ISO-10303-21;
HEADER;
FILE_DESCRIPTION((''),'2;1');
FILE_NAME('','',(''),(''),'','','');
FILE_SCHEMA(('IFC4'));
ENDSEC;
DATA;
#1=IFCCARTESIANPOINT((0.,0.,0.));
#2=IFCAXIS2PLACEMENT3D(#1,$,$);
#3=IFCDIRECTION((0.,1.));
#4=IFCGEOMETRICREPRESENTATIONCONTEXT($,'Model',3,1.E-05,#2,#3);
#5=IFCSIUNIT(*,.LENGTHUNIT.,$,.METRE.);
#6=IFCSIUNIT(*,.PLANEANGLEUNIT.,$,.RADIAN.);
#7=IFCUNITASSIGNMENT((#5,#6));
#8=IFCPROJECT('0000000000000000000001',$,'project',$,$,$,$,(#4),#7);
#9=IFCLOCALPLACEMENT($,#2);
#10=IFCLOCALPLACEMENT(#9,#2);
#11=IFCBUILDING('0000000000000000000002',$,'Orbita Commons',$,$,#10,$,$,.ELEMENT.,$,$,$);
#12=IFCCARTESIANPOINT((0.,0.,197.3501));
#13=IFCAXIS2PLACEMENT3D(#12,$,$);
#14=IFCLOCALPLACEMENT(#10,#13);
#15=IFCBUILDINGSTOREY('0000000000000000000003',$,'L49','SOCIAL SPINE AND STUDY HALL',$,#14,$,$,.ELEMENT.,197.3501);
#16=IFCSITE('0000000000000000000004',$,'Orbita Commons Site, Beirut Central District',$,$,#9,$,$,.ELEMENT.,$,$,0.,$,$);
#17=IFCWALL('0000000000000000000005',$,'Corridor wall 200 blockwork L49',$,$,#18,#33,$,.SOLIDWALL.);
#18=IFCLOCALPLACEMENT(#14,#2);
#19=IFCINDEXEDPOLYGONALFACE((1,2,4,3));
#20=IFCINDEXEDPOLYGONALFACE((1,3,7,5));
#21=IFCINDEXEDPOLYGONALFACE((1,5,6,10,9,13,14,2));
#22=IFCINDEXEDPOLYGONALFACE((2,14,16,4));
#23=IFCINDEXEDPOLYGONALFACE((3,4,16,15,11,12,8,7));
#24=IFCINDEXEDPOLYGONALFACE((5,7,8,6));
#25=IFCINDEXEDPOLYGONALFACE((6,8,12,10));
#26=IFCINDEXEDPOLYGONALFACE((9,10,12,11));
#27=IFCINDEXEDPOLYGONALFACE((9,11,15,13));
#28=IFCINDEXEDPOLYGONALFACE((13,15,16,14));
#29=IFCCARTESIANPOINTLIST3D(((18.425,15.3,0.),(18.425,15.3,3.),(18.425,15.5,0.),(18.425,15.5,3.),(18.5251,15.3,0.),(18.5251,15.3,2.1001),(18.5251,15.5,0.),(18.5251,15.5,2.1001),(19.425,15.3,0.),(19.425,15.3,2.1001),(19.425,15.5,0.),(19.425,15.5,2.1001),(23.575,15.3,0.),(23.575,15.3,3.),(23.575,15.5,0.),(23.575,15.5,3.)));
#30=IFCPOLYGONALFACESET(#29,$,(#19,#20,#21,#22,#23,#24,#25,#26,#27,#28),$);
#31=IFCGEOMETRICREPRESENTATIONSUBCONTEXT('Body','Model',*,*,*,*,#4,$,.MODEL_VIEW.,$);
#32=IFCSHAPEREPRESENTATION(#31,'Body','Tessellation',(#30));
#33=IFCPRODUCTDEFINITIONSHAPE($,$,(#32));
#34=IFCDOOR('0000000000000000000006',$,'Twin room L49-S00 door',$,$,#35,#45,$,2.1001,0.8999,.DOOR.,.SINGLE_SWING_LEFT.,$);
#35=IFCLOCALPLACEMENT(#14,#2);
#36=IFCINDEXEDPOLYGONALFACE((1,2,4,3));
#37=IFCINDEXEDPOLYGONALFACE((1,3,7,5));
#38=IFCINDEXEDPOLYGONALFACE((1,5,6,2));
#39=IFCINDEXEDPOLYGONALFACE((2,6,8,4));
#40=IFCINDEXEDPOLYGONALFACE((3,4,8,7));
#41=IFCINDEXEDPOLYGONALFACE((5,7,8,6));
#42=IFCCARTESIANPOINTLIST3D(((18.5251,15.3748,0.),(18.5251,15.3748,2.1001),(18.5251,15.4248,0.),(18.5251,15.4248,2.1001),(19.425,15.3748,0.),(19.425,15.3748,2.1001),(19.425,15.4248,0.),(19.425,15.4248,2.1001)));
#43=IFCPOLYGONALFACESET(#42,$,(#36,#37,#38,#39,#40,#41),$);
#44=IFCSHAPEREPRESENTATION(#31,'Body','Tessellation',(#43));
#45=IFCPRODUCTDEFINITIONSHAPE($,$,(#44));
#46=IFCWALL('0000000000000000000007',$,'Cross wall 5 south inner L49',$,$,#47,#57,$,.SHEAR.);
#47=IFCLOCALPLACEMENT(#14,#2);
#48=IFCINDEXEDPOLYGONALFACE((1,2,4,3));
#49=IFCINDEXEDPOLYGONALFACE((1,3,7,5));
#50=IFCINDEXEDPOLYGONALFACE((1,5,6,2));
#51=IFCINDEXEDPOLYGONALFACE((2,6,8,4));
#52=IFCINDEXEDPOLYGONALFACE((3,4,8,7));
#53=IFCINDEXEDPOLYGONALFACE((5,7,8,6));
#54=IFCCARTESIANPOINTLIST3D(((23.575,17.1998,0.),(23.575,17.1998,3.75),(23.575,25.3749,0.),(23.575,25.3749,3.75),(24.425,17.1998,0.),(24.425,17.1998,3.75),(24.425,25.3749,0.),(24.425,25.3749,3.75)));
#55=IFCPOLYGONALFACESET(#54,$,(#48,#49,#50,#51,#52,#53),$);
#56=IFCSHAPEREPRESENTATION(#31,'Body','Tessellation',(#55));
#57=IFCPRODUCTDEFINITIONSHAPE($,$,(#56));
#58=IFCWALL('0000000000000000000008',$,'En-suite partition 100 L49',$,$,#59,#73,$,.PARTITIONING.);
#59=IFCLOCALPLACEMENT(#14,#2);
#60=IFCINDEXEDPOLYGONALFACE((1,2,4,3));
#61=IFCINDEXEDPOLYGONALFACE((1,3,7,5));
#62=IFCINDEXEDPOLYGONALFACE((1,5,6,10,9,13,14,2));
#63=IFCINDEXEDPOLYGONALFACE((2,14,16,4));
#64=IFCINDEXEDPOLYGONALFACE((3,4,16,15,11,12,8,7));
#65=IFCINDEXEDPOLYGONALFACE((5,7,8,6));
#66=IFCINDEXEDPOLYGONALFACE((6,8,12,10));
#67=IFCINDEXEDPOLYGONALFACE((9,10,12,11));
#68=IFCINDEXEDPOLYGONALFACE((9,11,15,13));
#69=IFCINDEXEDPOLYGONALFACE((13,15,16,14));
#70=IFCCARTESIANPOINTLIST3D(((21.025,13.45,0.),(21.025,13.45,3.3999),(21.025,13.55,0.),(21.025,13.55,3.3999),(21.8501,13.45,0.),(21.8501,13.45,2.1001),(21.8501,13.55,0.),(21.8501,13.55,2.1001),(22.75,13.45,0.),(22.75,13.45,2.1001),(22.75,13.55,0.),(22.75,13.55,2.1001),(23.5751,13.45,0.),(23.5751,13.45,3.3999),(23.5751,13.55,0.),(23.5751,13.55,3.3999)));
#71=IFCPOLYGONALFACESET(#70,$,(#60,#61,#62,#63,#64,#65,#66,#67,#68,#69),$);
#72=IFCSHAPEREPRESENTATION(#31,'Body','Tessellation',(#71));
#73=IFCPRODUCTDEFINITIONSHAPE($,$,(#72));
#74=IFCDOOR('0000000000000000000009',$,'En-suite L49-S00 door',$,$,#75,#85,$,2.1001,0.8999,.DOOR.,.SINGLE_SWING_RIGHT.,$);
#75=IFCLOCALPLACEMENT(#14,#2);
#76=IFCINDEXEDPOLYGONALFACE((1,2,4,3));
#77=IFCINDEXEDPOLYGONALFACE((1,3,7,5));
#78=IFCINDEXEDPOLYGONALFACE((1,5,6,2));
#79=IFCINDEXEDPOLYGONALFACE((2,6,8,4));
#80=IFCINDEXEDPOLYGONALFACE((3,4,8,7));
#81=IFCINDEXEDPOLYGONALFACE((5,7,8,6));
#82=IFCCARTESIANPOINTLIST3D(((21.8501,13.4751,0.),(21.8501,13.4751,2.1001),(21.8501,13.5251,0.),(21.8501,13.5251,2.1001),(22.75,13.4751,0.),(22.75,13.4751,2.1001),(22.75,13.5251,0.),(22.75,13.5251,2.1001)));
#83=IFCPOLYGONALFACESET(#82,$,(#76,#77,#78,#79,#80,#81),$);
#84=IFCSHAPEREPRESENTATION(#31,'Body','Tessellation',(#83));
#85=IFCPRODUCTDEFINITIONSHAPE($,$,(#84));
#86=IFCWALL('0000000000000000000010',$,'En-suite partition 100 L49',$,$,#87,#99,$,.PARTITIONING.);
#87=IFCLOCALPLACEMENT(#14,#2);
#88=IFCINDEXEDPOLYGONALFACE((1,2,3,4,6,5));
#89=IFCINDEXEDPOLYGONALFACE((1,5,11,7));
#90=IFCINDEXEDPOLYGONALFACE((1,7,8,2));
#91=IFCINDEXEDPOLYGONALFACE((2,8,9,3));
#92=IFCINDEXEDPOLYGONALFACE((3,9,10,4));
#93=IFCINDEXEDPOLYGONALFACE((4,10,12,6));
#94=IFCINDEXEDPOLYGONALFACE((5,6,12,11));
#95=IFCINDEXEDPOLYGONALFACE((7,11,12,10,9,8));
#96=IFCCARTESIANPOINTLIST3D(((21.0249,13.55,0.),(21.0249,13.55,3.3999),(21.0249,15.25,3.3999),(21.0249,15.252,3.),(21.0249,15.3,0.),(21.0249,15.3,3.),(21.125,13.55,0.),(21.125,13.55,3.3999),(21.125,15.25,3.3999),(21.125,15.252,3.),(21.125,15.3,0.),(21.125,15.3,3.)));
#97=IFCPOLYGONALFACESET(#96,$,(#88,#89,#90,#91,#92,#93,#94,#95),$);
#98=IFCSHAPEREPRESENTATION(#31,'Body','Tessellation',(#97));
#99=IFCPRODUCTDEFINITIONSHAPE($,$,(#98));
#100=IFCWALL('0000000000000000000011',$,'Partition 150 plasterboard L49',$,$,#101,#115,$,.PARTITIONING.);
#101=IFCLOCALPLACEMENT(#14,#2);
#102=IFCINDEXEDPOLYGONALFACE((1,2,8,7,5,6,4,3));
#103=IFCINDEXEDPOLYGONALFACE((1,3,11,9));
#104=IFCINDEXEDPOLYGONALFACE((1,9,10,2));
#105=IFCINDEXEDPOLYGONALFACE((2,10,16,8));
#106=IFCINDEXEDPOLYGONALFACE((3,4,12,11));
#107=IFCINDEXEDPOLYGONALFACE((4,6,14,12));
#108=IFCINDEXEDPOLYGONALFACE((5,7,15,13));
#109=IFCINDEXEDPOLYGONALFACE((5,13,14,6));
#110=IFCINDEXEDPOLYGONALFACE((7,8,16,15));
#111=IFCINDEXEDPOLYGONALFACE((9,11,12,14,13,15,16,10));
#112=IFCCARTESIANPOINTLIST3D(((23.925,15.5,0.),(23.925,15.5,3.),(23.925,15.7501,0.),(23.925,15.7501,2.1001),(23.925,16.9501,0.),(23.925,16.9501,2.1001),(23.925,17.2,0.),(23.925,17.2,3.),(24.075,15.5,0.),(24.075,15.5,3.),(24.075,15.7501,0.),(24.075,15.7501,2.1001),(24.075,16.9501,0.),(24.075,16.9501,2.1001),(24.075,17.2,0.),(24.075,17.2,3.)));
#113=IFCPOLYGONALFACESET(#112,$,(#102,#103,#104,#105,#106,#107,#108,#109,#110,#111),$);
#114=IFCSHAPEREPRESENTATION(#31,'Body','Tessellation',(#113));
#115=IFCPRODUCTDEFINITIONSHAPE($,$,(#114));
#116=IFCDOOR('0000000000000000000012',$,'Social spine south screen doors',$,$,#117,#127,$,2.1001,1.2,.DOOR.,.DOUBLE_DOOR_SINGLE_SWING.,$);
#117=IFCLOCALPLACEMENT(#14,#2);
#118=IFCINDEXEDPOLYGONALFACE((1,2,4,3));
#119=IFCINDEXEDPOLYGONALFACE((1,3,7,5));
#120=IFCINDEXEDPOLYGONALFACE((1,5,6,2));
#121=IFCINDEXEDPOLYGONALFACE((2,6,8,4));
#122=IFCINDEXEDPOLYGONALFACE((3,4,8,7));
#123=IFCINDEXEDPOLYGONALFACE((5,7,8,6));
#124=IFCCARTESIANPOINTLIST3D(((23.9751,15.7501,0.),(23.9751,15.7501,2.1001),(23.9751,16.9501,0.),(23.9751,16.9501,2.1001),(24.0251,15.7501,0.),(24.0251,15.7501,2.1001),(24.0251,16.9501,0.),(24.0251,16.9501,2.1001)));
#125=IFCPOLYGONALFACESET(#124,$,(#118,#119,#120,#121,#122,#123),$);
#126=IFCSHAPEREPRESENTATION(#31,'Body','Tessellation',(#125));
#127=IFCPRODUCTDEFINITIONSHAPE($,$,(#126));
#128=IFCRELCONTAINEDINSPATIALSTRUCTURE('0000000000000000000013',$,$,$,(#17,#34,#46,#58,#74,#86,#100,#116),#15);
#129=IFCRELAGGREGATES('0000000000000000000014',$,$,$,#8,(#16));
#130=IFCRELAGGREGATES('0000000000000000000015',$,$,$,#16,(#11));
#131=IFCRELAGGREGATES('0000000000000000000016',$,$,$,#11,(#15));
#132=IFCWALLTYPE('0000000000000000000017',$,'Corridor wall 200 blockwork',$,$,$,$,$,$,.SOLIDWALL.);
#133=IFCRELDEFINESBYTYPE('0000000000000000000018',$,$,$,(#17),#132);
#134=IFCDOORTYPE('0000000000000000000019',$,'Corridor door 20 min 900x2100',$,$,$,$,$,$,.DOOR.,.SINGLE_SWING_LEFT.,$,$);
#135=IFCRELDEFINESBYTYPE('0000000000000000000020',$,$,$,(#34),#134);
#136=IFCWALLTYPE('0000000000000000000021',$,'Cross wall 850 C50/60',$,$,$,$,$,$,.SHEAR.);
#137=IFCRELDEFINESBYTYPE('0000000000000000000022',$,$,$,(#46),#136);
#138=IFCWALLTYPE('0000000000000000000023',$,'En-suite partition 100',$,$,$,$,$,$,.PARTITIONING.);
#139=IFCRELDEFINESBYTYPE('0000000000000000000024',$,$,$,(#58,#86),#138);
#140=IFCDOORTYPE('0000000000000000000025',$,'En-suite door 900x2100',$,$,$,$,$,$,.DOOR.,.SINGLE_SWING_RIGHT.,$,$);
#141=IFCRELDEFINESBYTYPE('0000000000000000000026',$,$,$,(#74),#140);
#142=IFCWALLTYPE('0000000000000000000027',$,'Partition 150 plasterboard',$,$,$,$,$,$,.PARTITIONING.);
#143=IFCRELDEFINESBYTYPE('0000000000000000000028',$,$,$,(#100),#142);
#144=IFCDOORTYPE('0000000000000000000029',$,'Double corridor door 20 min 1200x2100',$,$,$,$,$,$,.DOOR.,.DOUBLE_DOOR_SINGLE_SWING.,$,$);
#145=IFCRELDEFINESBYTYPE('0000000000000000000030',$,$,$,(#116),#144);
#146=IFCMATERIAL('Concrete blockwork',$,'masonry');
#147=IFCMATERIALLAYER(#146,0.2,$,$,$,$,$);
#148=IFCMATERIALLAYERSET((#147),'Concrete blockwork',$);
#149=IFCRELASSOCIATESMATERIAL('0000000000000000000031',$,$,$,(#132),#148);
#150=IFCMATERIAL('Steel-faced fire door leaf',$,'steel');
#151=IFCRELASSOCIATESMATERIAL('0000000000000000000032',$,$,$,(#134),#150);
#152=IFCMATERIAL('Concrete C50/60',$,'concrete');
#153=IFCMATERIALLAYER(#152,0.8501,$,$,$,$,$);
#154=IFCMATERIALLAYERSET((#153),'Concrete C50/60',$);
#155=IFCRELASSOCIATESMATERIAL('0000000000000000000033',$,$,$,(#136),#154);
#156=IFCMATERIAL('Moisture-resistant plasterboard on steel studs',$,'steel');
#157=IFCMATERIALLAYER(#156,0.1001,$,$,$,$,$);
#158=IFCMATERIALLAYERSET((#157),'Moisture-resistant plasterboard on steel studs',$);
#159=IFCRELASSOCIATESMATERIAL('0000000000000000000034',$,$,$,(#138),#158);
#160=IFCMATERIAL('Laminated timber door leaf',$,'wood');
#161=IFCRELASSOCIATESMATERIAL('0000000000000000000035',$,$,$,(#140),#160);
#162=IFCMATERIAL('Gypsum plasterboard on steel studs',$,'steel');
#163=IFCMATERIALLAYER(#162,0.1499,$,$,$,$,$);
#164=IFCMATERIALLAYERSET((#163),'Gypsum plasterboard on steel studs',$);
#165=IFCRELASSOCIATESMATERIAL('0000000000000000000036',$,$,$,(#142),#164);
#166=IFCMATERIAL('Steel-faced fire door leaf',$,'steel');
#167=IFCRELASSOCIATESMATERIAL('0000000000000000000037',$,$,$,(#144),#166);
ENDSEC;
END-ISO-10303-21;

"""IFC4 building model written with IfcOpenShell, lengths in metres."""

from ifc_helpers import new_model, si_unit, direction, frame, frame_2d, origin, place, context, subcontext, project, spatial, polyline, rectangle, outline, extrude, material, layer, layer_set, type_object, element, fill, save


model = new_model("IFC4")

# Units and contexts
model_context = context("Model", 3, precision=1e-05, world=origin(), true_north=direction((0.0, 1.0)))
body_context = subcontext(model_context, "Body", "Model", "MODEL_VIEW")
ifc_project = project(units=[si_unit("LENGTHUNIT", "METRE"), si_unit("PLANEANGLEUNIT", "RADIAN")], contexts=[model_context])

# Site, building, storey
site_placement = place(None, origin())
site = spatial("IfcSite", under=ifc_project, at=site_placement, Name="Orbita Commons Site, Beirut Central District", CompositionType="ELEMENT", RefElevation=0.0)
building_placement = place(site_placement, origin())
building = spatial("IfcBuilding", under=site, at=building_placement, Name="Orbita Commons", CompositionType="ELEMENT")
storey_placement = place(building_placement, frame((0.0, 0.0, 197.3501)))
storey = spatial("IfcBuildingStorey", under=building, at=storey_placement, Name="L49", Description="SOCIAL SPINE AND STUDY HALL", CompositionType="ELEMENT", Elevation=197.3501)

# Wall, opening, door
ifc_material_1 = material(Name="Concrete blockwork", Category="masonry")
ifc_layer_1 = layer(ifc_material_1, 0.2)
ifc_layer_set_1 = layer_set([ifc_layer_1], Name="Concrete blockwork")
wall_type_1 = type_object("IfcWallType", Name="Corridor wall 200 blockwork", PredefinedType="SOLIDWALL", material=ifc_layer_set_1)
wall_1_placement = place(storey_placement, frame((18.425, 15.3999, 0.0), z_axis=(0.0, 0.0, 1.0), x_axis=(1.0, 0.0, 0.0)))
wall_1 = element("IfcWall", 1, at=wall_1_placement, inside=storey, type_object=wall_type_1, Name="Corridor wall 200 blockwork L49", PredefinedType="SOLIDWALL", context=body_context, shape_type="SweptSolid", body=[
    extrude(outline(polyline([(0.0, 0.0), (5.1499, 0.0), (5.1499, 3.0), (0.0, 3.0), (0.0, 0.0)])), frame((0.0, 0.1001, 0.0), z_axis=(0.0, -1.0, 0.0), x_axis=(1.0, 0.0, 0.0)), (0.0, 0.0, 1.0), 0.2),
])
opening_1_placement = place(wall_1_placement, frame((0.1001, 0.0, 0.0)))
opening_1 = element("IfcOpeningElement", 2, at=opening_1_placement, cuts=wall_1, PredefinedType="OPENING", context=body_context, shape_type="SweptSolid", body=[
    extrude(rectangle(XDim=0.8999, YDim=2.1001, at=frame_2d((0.45, 1.05))), frame((0.0, 0.1099, 0.0), z_axis=(0.0, -1.0, 0.0), x_axis=(1.0, 0.0, 0.0)), (0.0, 0.0, 1.0), 0.22),
])
ifc_material_2 = material(Name="Steel-faced fire door leaf", Category="steel")
door_type_1 = type_object("IfcDoorType", Name="Corridor door 20 min 900x2100", OperationType="SINGLE_SWING_LEFT", PredefinedType="DOOR", material=ifc_material_2)
door_1_placement = place(opening_1_placement, origin())
door_1 = element("IfcDoor", 3, at=door_1_placement, inside=storey, type_object=door_type_1, Name="Twin room L49-S00 door", OperationType="SINGLE_SWING_LEFT", OverallHeight=2.1001, OverallWidth=0.8999, PredefinedType="DOOR", context=body_context, shape_type="SweptSolid", body=[
    extrude(rectangle(XDim=0.8999, YDim=2.1001, at=frame_2d((0.45, 1.05))), frame((0.0, 0.0249, 0.0), z_axis=(0.0, -1.0, 0.0), x_axis=(1.0, 0.0, 0.0)), (0.0, 0.0, 1.0), 0.05),
])
fill(opening_1, door_1)

# Wall
ifc_material_3 = material(Name="Concrete C50/60", Category="concrete")
ifc_layer_2 = layer(ifc_material_3, 0.8501)
ifc_layer_set_2 = layer_set([ifc_layer_2], Name="Concrete C50/60")
wall_type_2 = type_object("IfcWallType", Name="Cross wall 850 C50/60", PredefinedType="SHEAR", material=ifc_layer_set_2)
wall_2_placement = place(storey_placement, frame((24.0, 17.2, 0.0), z_axis=(0.0, 0.0, 1.0), x_axis=(0.0, 1.0, 0.0)))
element("IfcWall", 4, at=wall_2_placement, inside=storey, type_object=wall_type_2, Name="Cross wall 5 south inner L49", PredefinedType="SHEAR", context=body_context, shape_type="SweptSolid", body=[
    extrude(rectangle(XDim=8.175, YDim=0.8501, at=frame_2d((4.0874, 0.0))), origin(), (0.0, 0.0, 1.0), 3.75),
])

# Wall, opening, door
ifc_material_4 = material(Name="Moisture-resistant plasterboard on steel studs", Category="steel")
ifc_layer_3 = layer(ifc_material_4, 0.1001)
ifc_layer_set_3 = layer_set([ifc_layer_3], Name="Moisture-resistant plasterboard on steel studs")
wall_type_3 = type_object("IfcWallType", Name="En-suite partition 100", PredefinedType="PARTITIONING", material=ifc_layer_set_3)
wall_3_placement = place(storey_placement, frame((23.575, 13.5, 0.0), z_axis=(0.0, 0.0, 1.0), x_axis=(-1.0, 0.0, 0.0)))
wall_3 = element("IfcWall", 5, at=wall_3_placement, inside=storey, type_object=wall_type_3, Name="En-suite partition 100 L49", PredefinedType="PARTITIONING", context=body_context, shape_type="SweptSolid", body=[
    extrude(rectangle(XDim=2.55, YDim=0.1001, at=frame_2d((1.2749, 0.0))), origin(), (0.0, 0.0, 1.0), 3.3999),
])
opening_2_placement = place(wall_3_placement, frame((0.825, 0.0, 0.0)))
opening_2 = element("IfcOpeningElement", 6, at=opening_2_placement, cuts=wall_3, PredefinedType="OPENING", context=body_context, shape_type="SweptSolid", body=[
    extrude(rectangle(XDim=0.8999, YDim=2.1001, at=frame_2d((0.45, 1.05))), frame((0.0, 0.0601, 0.0), z_axis=(0.0, -1.0, 0.0), x_axis=(1.0, 0.0, 0.0)), (0.0, 0.0, 1.0), 0.1201),
])
ifc_material_5 = material(Name="Laminated timber door leaf", Category="wood")
door_type_2 = type_object("IfcDoorType", Name="En-suite door 900x2100", OperationType="SINGLE_SWING_RIGHT", PredefinedType="DOOR", material=ifc_material_5)
door_2_placement = place(opening_2_placement, origin())
door_2 = element("IfcDoor", 7, at=door_2_placement, inside=storey, type_object=door_type_2, Name="En-suite L49-S00 door", OperationType="SINGLE_SWING_RIGHT", OverallHeight=2.1001, OverallWidth=0.8999, PredefinedType="DOOR", context=body_context, shape_type="SweptSolid", body=[
    extrude(rectangle(XDim=0.8999, YDim=2.1001, at=frame_2d((0.45, 1.05))), frame((0.0, 0.0249, 0.0), z_axis=(0.0, -1.0, 0.0), x_axis=(1.0, 0.0, 0.0)), (0.0, 0.0, 1.0), 0.05),
])
fill(opening_2, door_2)

# Wall
wall_4_placement = place(storey_placement, frame((21.075, 13.55, 0.0), z_axis=(0.0, 0.0, 1.0), x_axis=(0.0, 1.0, 0.0)))
element("IfcWall", 8, at=wall_4_placement, inside=storey, type_object=wall_type_3, Name="En-suite partition 100 L49", PredefinedType="PARTITIONING", context=body_context, shape_type="SweptSolid", body=[
    extrude(outline(polyline([(0.0, 0.0), (1.75, 0.0), (1.75, 3.0), (1.7019, 3.0), (1.7, 3.3999), (0.0, 3.3999), (0.0, 0.0)])), frame((0.0, 0.05, 0.0), z_axis=(0.0, -1.0, 0.0), x_axis=(1.0, 0.0, 0.0)), (0.0, 0.0, 1.0), 0.1001),
])

# Wall, opening, door
ifc_material_6 = material(Name="Gypsum plasterboard on steel studs", Category="steel")
ifc_layer_4 = layer(ifc_material_6, 0.1499)
ifc_layer_set_4 = layer_set([ifc_layer_4], Name="Gypsum plasterboard on steel studs")
wall_type_4 = type_object("IfcWallType", Name="Partition 150 plasterboard", PredefinedType="PARTITIONING", material=ifc_layer_set_4)
wall_5_placement = place(storey_placement, frame((24.0, 15.5, 0.0), z_axis=(0.0, 0.0, 1.0), x_axis=(0.0, 1.0, 0.0)))
wall_5 = element("IfcWall", 9, at=wall_5_placement, inside=storey, type_object=wall_type_4, Name="Partition 150 plasterboard L49", PredefinedType="PARTITIONING", context=body_context, shape_type="SweptSolid", body=[
    extrude(outline(polyline([(0.0, 0.0), (1.7, 0.0), (1.7, 3.0), (0.0, 3.0), (0.0, 0.0)])), frame((0.0, 0.075, 0.0), z_axis=(0.0, -1.0, 0.0), x_axis=(1.0, 0.0, 0.0)), (0.0, 0.0, 1.0), 0.1499),
])
opening_3_placement = place(wall_5_placement, frame((0.25, 0.0, 0.0)))
opening_3 = element("IfcOpeningElement", 10, at=opening_3_placement, cuts=wall_5, PredefinedType="OPENING", context=body_context, shape_type="SweptSolid", body=[
    extrude(rectangle(XDim=1.2, YDim=2.1001, at=frame_2d((0.6001, 1.05))), frame((0.0, 0.085, 0.0), z_axis=(0.0, -1.0, 0.0), x_axis=(1.0, 0.0, 0.0)), (0.0, 0.0, 1.0), 0.1699),
])
ifc_material_7 = material(Name="Steel-faced fire door leaf", Category="steel")
door_type_3 = type_object("IfcDoorType", Name="Double corridor door 20 min 1200x2100", OperationType="DOUBLE_DOOR_SINGLE_SWING", PredefinedType="DOOR", material=ifc_material_7)
door_3_placement = place(opening_3_placement, origin())
door_3 = element("IfcDoor", 11, at=door_3_placement, inside=storey, type_object=door_type_3, Name="Social spine south screen doors", OperationType="DOUBLE_DOOR_SINGLE_SWING", OverallHeight=2.1001, OverallWidth=1.2, PredefinedType="DOOR", context=body_context, shape_type="SweptSolid", body=[
    extrude(rectangle(XDim=1.2, YDim=2.1001, at=frame_2d((0.6001, 1.05))), frame((0.0, 0.0249, 0.0), z_axis=(0.0, -1.0, 0.0), x_axis=(1.0, 0.0, 0.0)), (0.0, 0.0, 1.0), 0.05),
])
fill(opening_3, door_3)

save(model, "model.ifc")
